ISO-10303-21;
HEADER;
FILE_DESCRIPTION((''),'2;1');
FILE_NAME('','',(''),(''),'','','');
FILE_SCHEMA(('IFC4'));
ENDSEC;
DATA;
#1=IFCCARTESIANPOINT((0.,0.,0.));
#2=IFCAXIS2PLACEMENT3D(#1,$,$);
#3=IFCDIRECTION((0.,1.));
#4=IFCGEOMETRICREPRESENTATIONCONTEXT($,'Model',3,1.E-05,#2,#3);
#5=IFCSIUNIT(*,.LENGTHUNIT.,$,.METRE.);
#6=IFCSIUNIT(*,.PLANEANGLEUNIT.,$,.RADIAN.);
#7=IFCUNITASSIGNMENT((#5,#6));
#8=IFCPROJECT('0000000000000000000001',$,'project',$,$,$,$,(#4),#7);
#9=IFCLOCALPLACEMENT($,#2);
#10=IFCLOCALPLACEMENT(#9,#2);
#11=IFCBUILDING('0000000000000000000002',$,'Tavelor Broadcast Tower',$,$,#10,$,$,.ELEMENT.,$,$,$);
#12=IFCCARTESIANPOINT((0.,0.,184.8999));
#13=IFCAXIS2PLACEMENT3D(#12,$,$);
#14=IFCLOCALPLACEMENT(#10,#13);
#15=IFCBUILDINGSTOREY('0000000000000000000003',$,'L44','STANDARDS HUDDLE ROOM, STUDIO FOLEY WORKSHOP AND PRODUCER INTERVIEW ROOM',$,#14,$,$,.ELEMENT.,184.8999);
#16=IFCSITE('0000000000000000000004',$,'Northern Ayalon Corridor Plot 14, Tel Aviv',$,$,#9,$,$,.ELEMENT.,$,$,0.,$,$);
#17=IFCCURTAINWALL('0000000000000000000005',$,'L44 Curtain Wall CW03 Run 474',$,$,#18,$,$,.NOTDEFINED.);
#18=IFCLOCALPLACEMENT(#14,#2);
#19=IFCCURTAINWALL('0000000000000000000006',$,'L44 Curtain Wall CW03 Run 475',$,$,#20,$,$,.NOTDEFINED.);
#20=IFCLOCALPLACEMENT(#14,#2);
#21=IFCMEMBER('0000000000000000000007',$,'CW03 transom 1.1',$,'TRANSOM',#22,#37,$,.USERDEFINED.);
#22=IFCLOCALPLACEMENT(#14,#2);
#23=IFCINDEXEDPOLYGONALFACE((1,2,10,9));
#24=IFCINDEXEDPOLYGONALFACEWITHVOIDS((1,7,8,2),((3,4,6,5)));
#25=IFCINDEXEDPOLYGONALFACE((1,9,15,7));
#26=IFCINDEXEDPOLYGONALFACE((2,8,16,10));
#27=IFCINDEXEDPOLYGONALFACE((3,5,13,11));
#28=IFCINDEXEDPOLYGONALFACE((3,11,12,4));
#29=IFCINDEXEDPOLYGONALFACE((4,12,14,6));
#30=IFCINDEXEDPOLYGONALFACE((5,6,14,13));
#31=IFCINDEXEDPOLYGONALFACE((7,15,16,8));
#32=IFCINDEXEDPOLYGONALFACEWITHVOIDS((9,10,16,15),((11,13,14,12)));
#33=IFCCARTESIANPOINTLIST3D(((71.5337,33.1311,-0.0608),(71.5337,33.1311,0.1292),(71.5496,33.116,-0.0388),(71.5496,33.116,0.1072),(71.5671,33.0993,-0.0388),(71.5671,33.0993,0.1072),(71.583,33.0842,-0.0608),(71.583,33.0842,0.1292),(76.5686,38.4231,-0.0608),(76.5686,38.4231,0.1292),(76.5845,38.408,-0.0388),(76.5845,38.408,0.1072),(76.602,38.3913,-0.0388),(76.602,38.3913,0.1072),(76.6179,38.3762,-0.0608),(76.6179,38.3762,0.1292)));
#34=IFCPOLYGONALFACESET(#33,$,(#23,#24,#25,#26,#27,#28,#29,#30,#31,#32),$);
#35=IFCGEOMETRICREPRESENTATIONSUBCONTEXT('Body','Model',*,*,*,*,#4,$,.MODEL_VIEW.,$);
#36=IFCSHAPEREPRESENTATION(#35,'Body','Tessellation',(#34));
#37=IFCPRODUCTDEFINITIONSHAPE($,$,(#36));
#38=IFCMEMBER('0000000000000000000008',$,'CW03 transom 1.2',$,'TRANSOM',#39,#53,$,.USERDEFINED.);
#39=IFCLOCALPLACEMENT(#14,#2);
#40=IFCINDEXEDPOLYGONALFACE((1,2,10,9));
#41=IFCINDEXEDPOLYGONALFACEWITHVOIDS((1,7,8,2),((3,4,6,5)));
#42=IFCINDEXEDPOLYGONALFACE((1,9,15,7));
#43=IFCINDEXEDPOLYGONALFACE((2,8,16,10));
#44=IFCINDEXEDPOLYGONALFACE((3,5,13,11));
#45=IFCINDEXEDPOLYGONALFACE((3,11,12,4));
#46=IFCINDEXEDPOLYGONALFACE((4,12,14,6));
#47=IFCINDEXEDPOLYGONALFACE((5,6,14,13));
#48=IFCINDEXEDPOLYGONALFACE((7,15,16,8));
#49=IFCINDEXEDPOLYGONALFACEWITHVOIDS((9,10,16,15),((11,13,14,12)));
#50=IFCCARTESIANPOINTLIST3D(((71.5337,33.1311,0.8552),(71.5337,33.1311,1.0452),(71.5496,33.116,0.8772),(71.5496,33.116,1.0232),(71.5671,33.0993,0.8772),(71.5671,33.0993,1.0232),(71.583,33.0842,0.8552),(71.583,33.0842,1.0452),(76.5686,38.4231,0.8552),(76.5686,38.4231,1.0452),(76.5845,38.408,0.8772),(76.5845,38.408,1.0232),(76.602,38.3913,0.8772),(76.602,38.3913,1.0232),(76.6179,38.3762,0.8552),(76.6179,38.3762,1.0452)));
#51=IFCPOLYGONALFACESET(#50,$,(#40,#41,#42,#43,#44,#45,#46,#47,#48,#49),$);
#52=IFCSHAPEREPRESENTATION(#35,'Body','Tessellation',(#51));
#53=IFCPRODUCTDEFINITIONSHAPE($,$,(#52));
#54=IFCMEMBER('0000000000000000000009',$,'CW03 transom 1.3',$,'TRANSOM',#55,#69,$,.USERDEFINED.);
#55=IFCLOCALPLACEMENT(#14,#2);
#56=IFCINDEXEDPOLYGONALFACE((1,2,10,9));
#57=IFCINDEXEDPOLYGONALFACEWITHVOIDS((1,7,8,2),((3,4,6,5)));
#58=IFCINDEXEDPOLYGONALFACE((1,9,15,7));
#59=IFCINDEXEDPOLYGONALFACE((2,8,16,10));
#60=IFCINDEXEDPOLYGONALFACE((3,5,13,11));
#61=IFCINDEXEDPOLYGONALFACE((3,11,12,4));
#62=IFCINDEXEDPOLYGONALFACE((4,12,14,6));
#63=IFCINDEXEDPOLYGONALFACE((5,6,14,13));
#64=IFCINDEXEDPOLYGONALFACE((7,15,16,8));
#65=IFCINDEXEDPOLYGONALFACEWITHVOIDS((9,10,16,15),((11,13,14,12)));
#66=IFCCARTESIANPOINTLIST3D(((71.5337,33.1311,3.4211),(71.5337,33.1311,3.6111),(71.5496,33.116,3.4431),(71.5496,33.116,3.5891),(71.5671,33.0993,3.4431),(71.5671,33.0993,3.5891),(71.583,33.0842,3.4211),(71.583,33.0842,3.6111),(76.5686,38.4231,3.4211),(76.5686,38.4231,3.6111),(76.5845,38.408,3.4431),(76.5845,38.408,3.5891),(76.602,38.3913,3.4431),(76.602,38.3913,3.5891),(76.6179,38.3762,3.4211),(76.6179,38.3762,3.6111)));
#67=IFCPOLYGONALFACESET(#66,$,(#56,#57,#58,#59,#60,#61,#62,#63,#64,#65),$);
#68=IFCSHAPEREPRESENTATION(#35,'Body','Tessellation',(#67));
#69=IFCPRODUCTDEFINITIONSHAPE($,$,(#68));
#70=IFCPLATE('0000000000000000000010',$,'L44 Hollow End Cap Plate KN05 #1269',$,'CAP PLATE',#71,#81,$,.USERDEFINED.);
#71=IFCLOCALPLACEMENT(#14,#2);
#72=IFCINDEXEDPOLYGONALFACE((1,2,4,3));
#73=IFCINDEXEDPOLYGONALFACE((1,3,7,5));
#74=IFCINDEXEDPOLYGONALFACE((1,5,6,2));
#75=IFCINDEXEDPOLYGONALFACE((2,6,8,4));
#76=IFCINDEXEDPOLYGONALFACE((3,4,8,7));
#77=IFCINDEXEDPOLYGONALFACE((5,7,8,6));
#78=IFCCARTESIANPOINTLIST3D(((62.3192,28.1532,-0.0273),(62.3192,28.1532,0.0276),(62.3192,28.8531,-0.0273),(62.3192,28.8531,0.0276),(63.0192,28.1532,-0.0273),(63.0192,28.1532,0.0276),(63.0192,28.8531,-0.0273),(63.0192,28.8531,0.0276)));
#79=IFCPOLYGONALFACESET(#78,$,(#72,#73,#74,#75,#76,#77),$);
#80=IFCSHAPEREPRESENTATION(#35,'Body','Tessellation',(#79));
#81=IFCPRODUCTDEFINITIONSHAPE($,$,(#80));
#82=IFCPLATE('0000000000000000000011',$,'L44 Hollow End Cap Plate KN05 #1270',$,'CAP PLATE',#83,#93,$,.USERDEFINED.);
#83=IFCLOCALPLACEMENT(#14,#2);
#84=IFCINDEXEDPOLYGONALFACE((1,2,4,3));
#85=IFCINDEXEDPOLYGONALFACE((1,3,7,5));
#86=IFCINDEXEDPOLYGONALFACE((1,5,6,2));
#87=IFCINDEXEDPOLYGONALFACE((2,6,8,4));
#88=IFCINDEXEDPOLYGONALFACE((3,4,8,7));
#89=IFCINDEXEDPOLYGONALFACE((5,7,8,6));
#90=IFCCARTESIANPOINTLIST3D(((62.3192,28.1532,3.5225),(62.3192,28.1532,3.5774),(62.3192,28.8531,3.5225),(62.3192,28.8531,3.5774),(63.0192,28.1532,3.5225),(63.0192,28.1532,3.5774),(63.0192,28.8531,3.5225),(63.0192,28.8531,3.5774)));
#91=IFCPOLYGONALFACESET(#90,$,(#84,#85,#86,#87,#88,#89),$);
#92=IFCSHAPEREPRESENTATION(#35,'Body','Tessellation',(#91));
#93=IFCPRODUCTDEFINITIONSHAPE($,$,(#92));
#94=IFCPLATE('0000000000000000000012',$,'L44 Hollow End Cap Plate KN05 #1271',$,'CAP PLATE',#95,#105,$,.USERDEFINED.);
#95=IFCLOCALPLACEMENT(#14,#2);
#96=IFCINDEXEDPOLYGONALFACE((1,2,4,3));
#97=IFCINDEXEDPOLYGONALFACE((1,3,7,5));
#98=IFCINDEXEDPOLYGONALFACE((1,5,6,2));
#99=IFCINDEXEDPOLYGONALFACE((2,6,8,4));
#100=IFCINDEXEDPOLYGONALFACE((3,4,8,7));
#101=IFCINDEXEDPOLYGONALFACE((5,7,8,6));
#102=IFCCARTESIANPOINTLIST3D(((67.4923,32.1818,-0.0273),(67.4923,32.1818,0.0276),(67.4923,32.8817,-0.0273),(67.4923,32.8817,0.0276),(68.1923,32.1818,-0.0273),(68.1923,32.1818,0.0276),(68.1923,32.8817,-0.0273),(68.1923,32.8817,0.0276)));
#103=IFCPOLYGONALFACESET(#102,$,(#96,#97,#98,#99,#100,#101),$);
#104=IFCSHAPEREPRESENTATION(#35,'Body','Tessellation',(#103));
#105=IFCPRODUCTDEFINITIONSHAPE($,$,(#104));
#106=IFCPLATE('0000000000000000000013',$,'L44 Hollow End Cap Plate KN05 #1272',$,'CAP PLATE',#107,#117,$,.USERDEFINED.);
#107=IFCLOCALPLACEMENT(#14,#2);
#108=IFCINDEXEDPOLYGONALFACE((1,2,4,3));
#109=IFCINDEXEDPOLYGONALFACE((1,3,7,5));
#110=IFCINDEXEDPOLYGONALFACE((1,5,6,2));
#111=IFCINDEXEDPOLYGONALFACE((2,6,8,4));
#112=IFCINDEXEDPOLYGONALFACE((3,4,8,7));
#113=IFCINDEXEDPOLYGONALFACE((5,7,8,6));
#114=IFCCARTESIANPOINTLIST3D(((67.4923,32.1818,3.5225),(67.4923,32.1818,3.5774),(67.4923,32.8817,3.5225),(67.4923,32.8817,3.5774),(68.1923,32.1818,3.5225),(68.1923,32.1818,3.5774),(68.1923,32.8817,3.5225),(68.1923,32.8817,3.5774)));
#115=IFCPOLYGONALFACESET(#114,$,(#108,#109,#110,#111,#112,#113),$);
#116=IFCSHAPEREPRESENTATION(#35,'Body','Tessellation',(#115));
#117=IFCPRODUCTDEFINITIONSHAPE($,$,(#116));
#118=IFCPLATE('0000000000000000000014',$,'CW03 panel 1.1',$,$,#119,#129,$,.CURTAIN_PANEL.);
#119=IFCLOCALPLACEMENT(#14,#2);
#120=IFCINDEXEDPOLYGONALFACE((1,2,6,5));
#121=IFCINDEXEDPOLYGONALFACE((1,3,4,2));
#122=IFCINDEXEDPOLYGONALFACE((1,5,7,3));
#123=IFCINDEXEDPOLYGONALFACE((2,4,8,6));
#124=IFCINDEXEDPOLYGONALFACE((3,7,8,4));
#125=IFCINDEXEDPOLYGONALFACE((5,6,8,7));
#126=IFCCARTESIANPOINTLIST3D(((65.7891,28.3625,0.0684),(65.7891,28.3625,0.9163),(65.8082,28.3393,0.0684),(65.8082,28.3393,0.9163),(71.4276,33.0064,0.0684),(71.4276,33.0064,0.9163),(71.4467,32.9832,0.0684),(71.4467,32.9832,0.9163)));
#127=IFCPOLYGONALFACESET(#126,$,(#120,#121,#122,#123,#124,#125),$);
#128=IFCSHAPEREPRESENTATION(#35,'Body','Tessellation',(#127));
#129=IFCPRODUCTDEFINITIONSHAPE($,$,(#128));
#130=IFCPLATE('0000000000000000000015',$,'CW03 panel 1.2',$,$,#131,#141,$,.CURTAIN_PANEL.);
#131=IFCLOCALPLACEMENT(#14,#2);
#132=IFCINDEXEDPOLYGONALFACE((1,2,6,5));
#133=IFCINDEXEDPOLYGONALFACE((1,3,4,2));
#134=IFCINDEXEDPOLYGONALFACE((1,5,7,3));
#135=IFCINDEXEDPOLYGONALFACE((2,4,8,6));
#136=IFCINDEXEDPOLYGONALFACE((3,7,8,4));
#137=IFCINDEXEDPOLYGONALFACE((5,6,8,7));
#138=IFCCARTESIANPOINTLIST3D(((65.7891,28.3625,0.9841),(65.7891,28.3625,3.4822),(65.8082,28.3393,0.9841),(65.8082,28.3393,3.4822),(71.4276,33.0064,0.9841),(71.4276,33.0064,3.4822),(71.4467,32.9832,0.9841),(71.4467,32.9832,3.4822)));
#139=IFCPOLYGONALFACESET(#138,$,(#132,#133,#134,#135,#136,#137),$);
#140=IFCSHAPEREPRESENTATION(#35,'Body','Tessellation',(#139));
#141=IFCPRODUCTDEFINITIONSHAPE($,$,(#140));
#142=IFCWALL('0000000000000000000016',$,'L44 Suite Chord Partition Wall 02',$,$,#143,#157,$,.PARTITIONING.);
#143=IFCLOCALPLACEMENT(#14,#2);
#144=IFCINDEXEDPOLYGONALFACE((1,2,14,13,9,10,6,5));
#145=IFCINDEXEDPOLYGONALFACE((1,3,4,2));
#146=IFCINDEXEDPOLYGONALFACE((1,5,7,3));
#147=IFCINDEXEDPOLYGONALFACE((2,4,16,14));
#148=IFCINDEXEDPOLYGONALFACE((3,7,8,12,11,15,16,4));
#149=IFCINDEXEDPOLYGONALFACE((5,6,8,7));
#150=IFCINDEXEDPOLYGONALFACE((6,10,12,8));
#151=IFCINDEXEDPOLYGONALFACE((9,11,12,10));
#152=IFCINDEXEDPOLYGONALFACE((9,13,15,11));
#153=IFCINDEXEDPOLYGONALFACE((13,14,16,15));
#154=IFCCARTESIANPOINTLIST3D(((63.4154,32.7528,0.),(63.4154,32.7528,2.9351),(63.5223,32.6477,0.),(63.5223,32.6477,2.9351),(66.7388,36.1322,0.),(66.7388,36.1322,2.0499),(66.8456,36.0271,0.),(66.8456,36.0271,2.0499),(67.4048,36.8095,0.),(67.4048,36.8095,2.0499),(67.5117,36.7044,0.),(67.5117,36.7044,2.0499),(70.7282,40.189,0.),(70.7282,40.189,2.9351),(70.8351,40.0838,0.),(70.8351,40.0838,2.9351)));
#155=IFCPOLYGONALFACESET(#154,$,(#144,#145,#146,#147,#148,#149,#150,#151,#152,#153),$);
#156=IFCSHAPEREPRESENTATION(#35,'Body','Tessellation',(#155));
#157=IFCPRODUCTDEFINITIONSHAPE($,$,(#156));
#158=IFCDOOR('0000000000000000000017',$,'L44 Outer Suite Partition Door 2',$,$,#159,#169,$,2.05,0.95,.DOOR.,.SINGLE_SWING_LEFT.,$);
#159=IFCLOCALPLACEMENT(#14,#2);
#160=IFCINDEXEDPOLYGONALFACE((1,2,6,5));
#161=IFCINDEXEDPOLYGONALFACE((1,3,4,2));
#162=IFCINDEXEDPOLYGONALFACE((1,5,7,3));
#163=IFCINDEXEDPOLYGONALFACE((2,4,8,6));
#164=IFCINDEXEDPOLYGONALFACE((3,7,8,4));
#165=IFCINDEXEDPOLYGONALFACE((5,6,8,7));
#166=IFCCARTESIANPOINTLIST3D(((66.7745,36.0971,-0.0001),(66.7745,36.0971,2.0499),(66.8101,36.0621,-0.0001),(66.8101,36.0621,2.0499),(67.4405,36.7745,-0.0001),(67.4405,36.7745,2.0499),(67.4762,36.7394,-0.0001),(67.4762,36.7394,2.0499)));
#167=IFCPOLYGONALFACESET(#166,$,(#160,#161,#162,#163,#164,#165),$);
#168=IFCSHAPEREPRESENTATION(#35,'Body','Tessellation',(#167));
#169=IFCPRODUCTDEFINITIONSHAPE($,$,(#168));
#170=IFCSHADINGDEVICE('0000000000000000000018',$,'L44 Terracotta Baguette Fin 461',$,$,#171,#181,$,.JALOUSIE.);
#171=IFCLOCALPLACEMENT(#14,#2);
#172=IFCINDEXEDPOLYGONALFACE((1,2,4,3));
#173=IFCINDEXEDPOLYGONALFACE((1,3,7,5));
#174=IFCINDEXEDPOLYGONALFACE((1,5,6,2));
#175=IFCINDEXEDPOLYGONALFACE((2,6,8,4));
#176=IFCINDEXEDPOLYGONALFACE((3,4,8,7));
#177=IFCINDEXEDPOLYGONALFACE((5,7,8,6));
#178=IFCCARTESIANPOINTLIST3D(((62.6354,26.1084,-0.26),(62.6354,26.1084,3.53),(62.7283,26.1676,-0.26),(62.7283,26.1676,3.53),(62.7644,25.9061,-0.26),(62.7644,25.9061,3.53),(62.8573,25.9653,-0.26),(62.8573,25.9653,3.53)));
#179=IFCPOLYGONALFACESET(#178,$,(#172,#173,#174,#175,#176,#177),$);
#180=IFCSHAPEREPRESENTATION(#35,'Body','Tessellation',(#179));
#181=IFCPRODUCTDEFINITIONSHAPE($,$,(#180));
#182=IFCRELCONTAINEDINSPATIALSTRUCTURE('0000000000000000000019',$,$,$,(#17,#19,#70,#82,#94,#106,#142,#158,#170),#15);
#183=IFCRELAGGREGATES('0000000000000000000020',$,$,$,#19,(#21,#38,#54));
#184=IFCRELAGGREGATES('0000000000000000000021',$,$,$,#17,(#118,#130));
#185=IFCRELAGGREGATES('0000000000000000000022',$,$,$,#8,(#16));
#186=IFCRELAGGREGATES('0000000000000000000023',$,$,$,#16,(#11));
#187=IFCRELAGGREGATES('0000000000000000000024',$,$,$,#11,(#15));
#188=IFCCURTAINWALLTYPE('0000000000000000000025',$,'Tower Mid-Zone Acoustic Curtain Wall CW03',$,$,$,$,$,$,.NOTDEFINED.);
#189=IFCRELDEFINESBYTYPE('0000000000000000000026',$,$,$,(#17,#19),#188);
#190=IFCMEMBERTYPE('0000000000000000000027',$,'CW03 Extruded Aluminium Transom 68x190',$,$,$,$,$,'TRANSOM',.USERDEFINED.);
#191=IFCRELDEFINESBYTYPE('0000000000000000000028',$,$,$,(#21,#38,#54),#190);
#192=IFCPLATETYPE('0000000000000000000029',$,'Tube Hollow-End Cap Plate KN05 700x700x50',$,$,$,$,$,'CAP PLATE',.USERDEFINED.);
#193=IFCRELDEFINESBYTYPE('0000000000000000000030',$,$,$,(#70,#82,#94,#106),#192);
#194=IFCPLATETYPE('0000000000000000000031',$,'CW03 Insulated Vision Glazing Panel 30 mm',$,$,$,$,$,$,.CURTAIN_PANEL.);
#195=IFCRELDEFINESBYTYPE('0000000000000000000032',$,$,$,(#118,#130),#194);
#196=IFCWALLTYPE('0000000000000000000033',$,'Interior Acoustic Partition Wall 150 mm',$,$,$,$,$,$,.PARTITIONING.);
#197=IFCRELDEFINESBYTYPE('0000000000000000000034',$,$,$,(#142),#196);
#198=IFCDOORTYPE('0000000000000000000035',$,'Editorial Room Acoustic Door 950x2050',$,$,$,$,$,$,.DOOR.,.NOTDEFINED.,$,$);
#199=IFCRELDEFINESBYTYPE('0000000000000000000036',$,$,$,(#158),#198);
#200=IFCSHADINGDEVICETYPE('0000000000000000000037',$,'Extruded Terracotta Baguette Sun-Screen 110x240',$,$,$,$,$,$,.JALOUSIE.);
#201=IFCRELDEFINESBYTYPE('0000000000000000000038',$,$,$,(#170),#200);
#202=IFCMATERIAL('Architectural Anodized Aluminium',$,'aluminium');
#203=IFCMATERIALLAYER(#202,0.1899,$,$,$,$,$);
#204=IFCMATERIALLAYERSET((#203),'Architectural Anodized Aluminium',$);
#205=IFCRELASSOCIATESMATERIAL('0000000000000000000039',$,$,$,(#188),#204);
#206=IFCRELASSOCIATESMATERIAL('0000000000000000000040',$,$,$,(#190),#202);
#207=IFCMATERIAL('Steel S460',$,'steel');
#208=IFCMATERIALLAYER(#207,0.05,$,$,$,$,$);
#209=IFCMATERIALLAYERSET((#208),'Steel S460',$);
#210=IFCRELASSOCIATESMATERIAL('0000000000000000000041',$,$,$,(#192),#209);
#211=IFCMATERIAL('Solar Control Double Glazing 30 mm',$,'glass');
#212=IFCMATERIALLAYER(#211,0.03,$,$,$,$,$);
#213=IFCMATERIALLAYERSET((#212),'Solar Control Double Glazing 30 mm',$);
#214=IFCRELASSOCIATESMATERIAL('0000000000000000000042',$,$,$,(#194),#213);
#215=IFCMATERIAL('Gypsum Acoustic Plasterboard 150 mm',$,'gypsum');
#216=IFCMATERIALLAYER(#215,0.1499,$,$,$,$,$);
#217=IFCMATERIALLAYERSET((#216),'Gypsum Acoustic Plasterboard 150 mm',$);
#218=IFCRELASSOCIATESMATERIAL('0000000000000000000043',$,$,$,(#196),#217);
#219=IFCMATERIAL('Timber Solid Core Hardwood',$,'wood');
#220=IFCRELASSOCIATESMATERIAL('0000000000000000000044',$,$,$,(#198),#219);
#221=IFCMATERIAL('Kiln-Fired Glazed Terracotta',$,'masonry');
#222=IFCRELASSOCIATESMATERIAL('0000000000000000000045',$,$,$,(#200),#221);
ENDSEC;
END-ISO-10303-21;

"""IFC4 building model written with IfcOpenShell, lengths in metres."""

from ifc_helpers import new_model, si_unit, direction, frame, frame_2d, origin, origin_2d, place, context, subcontext, project, spatial, rectangle, hollow_rectangle, extrude, source, transform, mapped, material, layer, layer_set, material_profile, profile_set, type_object, type_shapes, element, fill, aggregate, save


model = new_model("IFC4")

# Units and contexts
model_context = context("Model", 3, precision=1e-05, world=origin(), true_north=direction((0.0, 1.0)))
body_context = subcontext(model_context, "Body", "Model", "MODEL_VIEW")
ifc_project = project(units=[si_unit("LENGTHUNIT", "METRE"), si_unit("PLANEANGLEUNIT", "RADIAN")], contexts=[model_context])

# Site, building, storey
site_placement = place(None, origin())
site = spatial("IfcSite", under=ifc_project, at=site_placement, Name="Northern Ayalon Corridor Plot 14, Tel Aviv", CompositionType="ELEMENT", RefElevation=0.0)
building_placement = place(site_placement, origin())
building = spatial("IfcBuilding", under=site, at=building_placement, Name="Tavelor Broadcast Tower", CompositionType="ELEMENT")
storey_placement = place(building_placement, frame((0.0, 0.0, 184.8999)))
storey = spatial("IfcBuildingStorey", under=building, at=storey_placement, Name="L44", Description="STANDARDS HUDDLE ROOM, STUDIO FOLEY WORKSHOP AND PRODUCER INTERVIEW ROOM", CompositionType="ELEMENT", Elevation=184.8999)

# Shared definitions
ifc_material_1 = material(Name="Steel S460", Category="steel")

# Shared definitions
ifc_material_2 = material(Name="Architectural Anodized Aluminium", Category="aluminium")
ifc_layer_1 = layer(ifc_material_2, 0.1899)
ifc_layer_set_1 = layer_set([ifc_layer_1], Name="Architectural Anodized Aluminium")
curtain_wall_type = type_object("IfcCurtainWallType", Name="Tower Mid-Zone Acoustic Curtain Wall CW03", PredefinedType="NOTDEFINED", material=ifc_layer_set_1)

# Curtain wall
curtain_wall_1_placement = place(storey_placement, origin())
curtain_wall_1 = element("IfcCurtainWall", 1, at=curtain_wall_1_placement, inside=storey, type_object=curtain_wall_type, Name="L44 Curtain Wall CW03 Run 474", PredefinedType="NOTDEFINED")

# Curtain wall
curtain_wall_2_placement = place(storey_placement, origin())
curtain_wall_2 = element("IfcCurtainWall", 2, at=curtain_wall_2_placement, inside=storey, type_object=curtain_wall_type, Name="L44 Curtain Wall CW03 Run 475", PredefinedType="NOTDEFINED")

# Members
ifc_material_profile_1 = material_profile(ifc_material_2, hollow_rectangle(XDim=0.0681, YDim=0.1899, WallThickness=0.022, at=origin_2d()), Name="RHS 68x190x22")
ifc_profile_set_1 = profile_set([ifc_material_profile_1], Name="Architectural Anodized Aluminium")
member_type_1 = type_object("IfcMemberType", Name="CW03 Extruded Aluminium Transom 68x190", ElementType="TRANSOM", PredefinedType="USERDEFINED", material=ifc_profile_set_1)
shared_shape_1 = source(origin(), body_context, "Body", "SweptSolid", [
    extrude(hollow_rectangle(XDim=0.0681, YDim=0.1899, WallThickness=0.022, at=origin_2d()), origin(), (0.0, 0.0, 1.0), 7.3044),
])
member_1_placement = place(storey_placement, frame((71.5583, 33.1077, 0.0342), z_axis=(0.68929, 0.724485, 0.0), x_axis=(-0.724485, 0.68929, 0.0)))
member_1 = element("IfcMember", 3, at=member_1_placement, type_object=member_type_1, Name="CW03 transom 1.1", ObjectType="TRANSOM", PredefinedType="USERDEFINED", context=body_context, shape_type="MappedRepresentation", body=[
    mapped(shared_shape_1, transform((0.0, 0.0, 0.0), scale=1.0)),
])
member_2_placement = place(storey_placement, frame((71.5583, 33.1077, 0.9502), z_axis=(0.68929, 0.724485, 0.0), x_axis=(-0.724485, 0.68929, 0.0)))
member_2 = element("IfcMember", 4, at=member_2_placement, type_object=member_type_1, Name="CW03 transom 1.2", ObjectType="TRANSOM", PredefinedType="USERDEFINED", context=body_context, shape_type="MappedRepresentation", body=[
    mapped(shared_shape_1, transform((0.0, 0.0, 0.0), scale=1.0)),
])
member_3_placement = place(storey_placement, frame((71.5583, 33.1077, 3.5161), z_axis=(0.68929, 0.724485, 0.0), x_axis=(-0.724485, 0.68929, 0.0)))
member_3 = element("IfcMember", 5, at=member_3_placement, type_object=member_type_1, Name="CW03 transom 1.3", ObjectType="TRANSOM", PredefinedType="USERDEFINED", context=body_context, shape_type="MappedRepresentation", body=[
    mapped(shared_shape_1, transform((0.0, 0.0, 0.0), scale=1.0)),
])
aggregate(curtain_wall_2, [member_1, member_2, member_3])

# Plates
ifc_layer_2 = layer(ifc_material_1, 0.05)
ifc_layer_set_2 = layer_set([ifc_layer_2], Name="Steel S460")
plate_type_1 = type_object("IfcPlateType", Name="Tube Hollow-End Cap Plate KN05 700x700x50", ElementType="CAP PLATE", PredefinedType="USERDEFINED", material=ifc_layer_set_2)
shared_shape_2 = source(origin(), body_context, "Body", "SweptSolid", [
    extrude(rectangle(XDim=0.7, YDim=0.7, at=origin_2d()), origin(), (0.0, 0.0, 1.0), 0.0549),
])
type_shapes(plate_type_1, [shared_shape_2])
for number, where, z_axis, x_axis, name in (
    (6, (62.6692, 28.5032, -0.0273), (0.0, 0.0, 1.0), (1.0, 0.0, 0.0), "L44 Hollow End Cap Plate KN05 #1269"),
    (7, (62.6692, 28.5032, 3.5225), (0.0, 0.0, 1.0), (1.0, 0.0, 0.0), "L44 Hollow End Cap Plate KN05 #1270"),
    (8, (67.8423, 32.5317, -0.0273), (0.0, 0.0, 1.0), (1.0, 0.0, 0.0), "L44 Hollow End Cap Plate KN05 #1271"),
    (9, (67.8423, 32.5317, 3.5225), (0.0, 0.0, 1.0), (1.0, 0.0, 0.0), "L44 Hollow End Cap Plate KN05 #1272"),
):
    element("IfcPlate", number, at=place(storey_placement, frame(where, z_axis=z_axis, x_axis=x_axis)), inside=storey, type_object=plate_type_1, Name=name, ObjectType="CAP PLATE", PredefinedType="USERDEFINED", context=body_context, shape_type="MappedRepresentation", body=[
        mapped(shared_shape_2, transform((0.0, 0.0, 0.0), scale=1.0)),
    ])

# Plates
ifc_material_3 = material(Name="Solar Control Double Glazing 30 mm", Category="glass")
ifc_layer_3 = layer(ifc_material_3, 0.03)
ifc_layer_set_3 = layer_set([ifc_layer_3], Name="Solar Control Double Glazing 30 mm")
plate_type_2 = type_object("IfcPlateType", Name="CW03 Insulated Vision Glazing Panel 30 mm", PredefinedType="CURTAIN_PANEL", material=ifc_layer_set_3)
shared_shape_3 = source(origin(), body_context, "Body", "SweptSolid", [
    extrude(rectangle(XDim=7.3047, YDim=0.03, at=origin_2d()), origin(), (0.0, 0.0, 1.0), 0.8479),
])
plate_1_placement = place(storey_placement, frame((68.6179, 30.6729, 0.0684), z_axis=(0.0, 0.0, 1.0), x_axis=(0.771901, 0.635743, 0.0)))
plate_1 = element("IfcPlate", 10, at=plate_1_placement, type_object=plate_type_2, Name="CW03 panel 1.1", PredefinedType="CURTAIN_PANEL", context=body_context, shape_type="MappedRepresentation", body=[
    mapped(shared_shape_3, transform((0.0, 0.0, 0.0), scale=1.0)),
])
shared_shape_4 = source(origin(), body_context, "Body", "SweptSolid", [
    extrude(rectangle(XDim=7.3047, YDim=0.03, at=origin_2d()), origin(), (0.0, 0.0, 1.0), 2.498),
])
type_shapes(plate_type_2, [shared_shape_3, shared_shape_4])
plate_2_placement = place(storey_placement, frame((68.6179, 30.6729, 0.9841), z_axis=(0.0, 0.0, 1.0), x_axis=(0.771901, 0.635743, 0.0)))
plate_2 = element("IfcPlate", 11, at=plate_2_placement, type_object=plate_type_2, Name="CW03 panel 1.2", PredefinedType="CURTAIN_PANEL", context=body_context, shape_type="MappedRepresentation", body=[
    mapped(shared_shape_4, transform((0.0, 0.0, 0.0), scale=1.0)),
])
aggregate(curtain_wall_1, [plate_1, plate_2])

# Wall, opening, door
ifc_material_4 = material(Name="Gypsum Acoustic Plasterboard 150 mm", Category="gypsum")
ifc_layer_4 = layer(ifc_material_4, 0.1499)
ifc_layer_set_4 = layer_set([ifc_layer_4], Name="Gypsum Acoustic Plasterboard 150 mm")
wall_type = type_object("IfcWallType", Name="Interior Acoustic Partition Wall 150 mm", PredefinedType="PARTITIONING", material=ifc_layer_set_4)
wall_placement = place(storey_placement, frame((63.4688, 32.7002, 0.0), z_axis=(0.0, 0.0, 1.0), x_axis=(0.701171, 0.712993, 0.0)))
wall = element("IfcWall", 12, at=wall_placement, inside=storey, type_object=wall_type, Name="L44 Suite Chord Partition Wall 02", PredefinedType="PARTITIONING", context=body_context, shape_type="SweptSolid", body=[
    extrude(rectangle(XDim=10.4294, YDim=0.1499, at=frame_2d((5.2148, 0.0))), origin(), (0.0, 0.0, 1.0), 2.9351),
])
opening_placement = place(wall_placement, frame((4.7397, 0.0, 0.0)))
opening = element("IfcOpeningElement", 13, at=opening_placement, cuts=wall, PredefinedType="OPENING", context=body_context, shape_type="SweptSolid", body=[
    extrude(rectangle(XDim=0.95, YDim=2.05, at=frame_2d((0.4751, 1.0249))), frame((0.0, 0.085, 0.0), z_axis=(0.0, -1.0, 0.0), x_axis=(1.0, 0.0, 0.0)), (0.0, 0.0, 1.0), 0.1699),
])
ifc_material_5 = material(Name="Timber Solid Core Hardwood", Category="wood")
door_type = type_object("IfcDoorType", Name="Editorial Room Acoustic Door 950x2050", OperationType="NOTDEFINED", PredefinedType="DOOR", material=ifc_material_5)
door_placement = place(opening_placement, origin())
door = element("IfcDoor", 14, at=door_placement, inside=storey, type_object=door_type, Name="L44 Outer Suite Partition Door 2", OperationType="SINGLE_SWING_LEFT", OverallHeight=2.05, OverallWidth=0.95, PredefinedType="DOOR", context=body_context, shape_type="SweptSolid", body=[
    extrude(rectangle(XDim=0.95, YDim=2.05, at=frame_2d((0.4751, 1.0249))), frame((0.0, 0.0249, 0.0), z_axis=(0.0, -1.0, 0.0), x_axis=(1.0, 0.0, 0.0)), (0.0, 0.0, 1.0), 0.05),
])
fill(opening, door)

# Shading device
ifc_material_6 = material(Name="Kiln-Fired Glazed Terracotta", Category="masonry")
shading_device_type = type_object("IfcShadingDeviceType", Name="Extruded Terracotta Baguette Sun-Screen 110x240", PredefinedType="JALOUSIE", material=ifc_material_6)
shared_shape_5 = source(origin(), body_context, "Body", "SweptSolid", [
    extrude(rectangle(XDim=0.1101, YDim=0.24, at=origin_2d()), origin(), (0.0, 0.0, 1.0), 3.79),
])
type_shapes(shading_device_type, [shared_shape_5])
for number, where, z_axis, x_axis, name in (
    (15, (62.7463, 26.0369, -0.26), (0.0, 0.0, 1.0), (0.843204, 0.537594, 0.0), "L44 Terracotta Baguette Fin 461"),
):
    element("IfcShadingDevice", number, at=place(storey_placement, frame(where, z_axis=z_axis, x_axis=x_axis)), inside=storey, type_object=shading_device_type, Name=name, PredefinedType="JALOUSIE", context=body_context, shape_type="MappedRepresentation", body=[
        mapped(shared_shape_5, transform((0.0, 0.0, 0.0), scale=1.0)),
    ])

save(model, "model.ifc")
